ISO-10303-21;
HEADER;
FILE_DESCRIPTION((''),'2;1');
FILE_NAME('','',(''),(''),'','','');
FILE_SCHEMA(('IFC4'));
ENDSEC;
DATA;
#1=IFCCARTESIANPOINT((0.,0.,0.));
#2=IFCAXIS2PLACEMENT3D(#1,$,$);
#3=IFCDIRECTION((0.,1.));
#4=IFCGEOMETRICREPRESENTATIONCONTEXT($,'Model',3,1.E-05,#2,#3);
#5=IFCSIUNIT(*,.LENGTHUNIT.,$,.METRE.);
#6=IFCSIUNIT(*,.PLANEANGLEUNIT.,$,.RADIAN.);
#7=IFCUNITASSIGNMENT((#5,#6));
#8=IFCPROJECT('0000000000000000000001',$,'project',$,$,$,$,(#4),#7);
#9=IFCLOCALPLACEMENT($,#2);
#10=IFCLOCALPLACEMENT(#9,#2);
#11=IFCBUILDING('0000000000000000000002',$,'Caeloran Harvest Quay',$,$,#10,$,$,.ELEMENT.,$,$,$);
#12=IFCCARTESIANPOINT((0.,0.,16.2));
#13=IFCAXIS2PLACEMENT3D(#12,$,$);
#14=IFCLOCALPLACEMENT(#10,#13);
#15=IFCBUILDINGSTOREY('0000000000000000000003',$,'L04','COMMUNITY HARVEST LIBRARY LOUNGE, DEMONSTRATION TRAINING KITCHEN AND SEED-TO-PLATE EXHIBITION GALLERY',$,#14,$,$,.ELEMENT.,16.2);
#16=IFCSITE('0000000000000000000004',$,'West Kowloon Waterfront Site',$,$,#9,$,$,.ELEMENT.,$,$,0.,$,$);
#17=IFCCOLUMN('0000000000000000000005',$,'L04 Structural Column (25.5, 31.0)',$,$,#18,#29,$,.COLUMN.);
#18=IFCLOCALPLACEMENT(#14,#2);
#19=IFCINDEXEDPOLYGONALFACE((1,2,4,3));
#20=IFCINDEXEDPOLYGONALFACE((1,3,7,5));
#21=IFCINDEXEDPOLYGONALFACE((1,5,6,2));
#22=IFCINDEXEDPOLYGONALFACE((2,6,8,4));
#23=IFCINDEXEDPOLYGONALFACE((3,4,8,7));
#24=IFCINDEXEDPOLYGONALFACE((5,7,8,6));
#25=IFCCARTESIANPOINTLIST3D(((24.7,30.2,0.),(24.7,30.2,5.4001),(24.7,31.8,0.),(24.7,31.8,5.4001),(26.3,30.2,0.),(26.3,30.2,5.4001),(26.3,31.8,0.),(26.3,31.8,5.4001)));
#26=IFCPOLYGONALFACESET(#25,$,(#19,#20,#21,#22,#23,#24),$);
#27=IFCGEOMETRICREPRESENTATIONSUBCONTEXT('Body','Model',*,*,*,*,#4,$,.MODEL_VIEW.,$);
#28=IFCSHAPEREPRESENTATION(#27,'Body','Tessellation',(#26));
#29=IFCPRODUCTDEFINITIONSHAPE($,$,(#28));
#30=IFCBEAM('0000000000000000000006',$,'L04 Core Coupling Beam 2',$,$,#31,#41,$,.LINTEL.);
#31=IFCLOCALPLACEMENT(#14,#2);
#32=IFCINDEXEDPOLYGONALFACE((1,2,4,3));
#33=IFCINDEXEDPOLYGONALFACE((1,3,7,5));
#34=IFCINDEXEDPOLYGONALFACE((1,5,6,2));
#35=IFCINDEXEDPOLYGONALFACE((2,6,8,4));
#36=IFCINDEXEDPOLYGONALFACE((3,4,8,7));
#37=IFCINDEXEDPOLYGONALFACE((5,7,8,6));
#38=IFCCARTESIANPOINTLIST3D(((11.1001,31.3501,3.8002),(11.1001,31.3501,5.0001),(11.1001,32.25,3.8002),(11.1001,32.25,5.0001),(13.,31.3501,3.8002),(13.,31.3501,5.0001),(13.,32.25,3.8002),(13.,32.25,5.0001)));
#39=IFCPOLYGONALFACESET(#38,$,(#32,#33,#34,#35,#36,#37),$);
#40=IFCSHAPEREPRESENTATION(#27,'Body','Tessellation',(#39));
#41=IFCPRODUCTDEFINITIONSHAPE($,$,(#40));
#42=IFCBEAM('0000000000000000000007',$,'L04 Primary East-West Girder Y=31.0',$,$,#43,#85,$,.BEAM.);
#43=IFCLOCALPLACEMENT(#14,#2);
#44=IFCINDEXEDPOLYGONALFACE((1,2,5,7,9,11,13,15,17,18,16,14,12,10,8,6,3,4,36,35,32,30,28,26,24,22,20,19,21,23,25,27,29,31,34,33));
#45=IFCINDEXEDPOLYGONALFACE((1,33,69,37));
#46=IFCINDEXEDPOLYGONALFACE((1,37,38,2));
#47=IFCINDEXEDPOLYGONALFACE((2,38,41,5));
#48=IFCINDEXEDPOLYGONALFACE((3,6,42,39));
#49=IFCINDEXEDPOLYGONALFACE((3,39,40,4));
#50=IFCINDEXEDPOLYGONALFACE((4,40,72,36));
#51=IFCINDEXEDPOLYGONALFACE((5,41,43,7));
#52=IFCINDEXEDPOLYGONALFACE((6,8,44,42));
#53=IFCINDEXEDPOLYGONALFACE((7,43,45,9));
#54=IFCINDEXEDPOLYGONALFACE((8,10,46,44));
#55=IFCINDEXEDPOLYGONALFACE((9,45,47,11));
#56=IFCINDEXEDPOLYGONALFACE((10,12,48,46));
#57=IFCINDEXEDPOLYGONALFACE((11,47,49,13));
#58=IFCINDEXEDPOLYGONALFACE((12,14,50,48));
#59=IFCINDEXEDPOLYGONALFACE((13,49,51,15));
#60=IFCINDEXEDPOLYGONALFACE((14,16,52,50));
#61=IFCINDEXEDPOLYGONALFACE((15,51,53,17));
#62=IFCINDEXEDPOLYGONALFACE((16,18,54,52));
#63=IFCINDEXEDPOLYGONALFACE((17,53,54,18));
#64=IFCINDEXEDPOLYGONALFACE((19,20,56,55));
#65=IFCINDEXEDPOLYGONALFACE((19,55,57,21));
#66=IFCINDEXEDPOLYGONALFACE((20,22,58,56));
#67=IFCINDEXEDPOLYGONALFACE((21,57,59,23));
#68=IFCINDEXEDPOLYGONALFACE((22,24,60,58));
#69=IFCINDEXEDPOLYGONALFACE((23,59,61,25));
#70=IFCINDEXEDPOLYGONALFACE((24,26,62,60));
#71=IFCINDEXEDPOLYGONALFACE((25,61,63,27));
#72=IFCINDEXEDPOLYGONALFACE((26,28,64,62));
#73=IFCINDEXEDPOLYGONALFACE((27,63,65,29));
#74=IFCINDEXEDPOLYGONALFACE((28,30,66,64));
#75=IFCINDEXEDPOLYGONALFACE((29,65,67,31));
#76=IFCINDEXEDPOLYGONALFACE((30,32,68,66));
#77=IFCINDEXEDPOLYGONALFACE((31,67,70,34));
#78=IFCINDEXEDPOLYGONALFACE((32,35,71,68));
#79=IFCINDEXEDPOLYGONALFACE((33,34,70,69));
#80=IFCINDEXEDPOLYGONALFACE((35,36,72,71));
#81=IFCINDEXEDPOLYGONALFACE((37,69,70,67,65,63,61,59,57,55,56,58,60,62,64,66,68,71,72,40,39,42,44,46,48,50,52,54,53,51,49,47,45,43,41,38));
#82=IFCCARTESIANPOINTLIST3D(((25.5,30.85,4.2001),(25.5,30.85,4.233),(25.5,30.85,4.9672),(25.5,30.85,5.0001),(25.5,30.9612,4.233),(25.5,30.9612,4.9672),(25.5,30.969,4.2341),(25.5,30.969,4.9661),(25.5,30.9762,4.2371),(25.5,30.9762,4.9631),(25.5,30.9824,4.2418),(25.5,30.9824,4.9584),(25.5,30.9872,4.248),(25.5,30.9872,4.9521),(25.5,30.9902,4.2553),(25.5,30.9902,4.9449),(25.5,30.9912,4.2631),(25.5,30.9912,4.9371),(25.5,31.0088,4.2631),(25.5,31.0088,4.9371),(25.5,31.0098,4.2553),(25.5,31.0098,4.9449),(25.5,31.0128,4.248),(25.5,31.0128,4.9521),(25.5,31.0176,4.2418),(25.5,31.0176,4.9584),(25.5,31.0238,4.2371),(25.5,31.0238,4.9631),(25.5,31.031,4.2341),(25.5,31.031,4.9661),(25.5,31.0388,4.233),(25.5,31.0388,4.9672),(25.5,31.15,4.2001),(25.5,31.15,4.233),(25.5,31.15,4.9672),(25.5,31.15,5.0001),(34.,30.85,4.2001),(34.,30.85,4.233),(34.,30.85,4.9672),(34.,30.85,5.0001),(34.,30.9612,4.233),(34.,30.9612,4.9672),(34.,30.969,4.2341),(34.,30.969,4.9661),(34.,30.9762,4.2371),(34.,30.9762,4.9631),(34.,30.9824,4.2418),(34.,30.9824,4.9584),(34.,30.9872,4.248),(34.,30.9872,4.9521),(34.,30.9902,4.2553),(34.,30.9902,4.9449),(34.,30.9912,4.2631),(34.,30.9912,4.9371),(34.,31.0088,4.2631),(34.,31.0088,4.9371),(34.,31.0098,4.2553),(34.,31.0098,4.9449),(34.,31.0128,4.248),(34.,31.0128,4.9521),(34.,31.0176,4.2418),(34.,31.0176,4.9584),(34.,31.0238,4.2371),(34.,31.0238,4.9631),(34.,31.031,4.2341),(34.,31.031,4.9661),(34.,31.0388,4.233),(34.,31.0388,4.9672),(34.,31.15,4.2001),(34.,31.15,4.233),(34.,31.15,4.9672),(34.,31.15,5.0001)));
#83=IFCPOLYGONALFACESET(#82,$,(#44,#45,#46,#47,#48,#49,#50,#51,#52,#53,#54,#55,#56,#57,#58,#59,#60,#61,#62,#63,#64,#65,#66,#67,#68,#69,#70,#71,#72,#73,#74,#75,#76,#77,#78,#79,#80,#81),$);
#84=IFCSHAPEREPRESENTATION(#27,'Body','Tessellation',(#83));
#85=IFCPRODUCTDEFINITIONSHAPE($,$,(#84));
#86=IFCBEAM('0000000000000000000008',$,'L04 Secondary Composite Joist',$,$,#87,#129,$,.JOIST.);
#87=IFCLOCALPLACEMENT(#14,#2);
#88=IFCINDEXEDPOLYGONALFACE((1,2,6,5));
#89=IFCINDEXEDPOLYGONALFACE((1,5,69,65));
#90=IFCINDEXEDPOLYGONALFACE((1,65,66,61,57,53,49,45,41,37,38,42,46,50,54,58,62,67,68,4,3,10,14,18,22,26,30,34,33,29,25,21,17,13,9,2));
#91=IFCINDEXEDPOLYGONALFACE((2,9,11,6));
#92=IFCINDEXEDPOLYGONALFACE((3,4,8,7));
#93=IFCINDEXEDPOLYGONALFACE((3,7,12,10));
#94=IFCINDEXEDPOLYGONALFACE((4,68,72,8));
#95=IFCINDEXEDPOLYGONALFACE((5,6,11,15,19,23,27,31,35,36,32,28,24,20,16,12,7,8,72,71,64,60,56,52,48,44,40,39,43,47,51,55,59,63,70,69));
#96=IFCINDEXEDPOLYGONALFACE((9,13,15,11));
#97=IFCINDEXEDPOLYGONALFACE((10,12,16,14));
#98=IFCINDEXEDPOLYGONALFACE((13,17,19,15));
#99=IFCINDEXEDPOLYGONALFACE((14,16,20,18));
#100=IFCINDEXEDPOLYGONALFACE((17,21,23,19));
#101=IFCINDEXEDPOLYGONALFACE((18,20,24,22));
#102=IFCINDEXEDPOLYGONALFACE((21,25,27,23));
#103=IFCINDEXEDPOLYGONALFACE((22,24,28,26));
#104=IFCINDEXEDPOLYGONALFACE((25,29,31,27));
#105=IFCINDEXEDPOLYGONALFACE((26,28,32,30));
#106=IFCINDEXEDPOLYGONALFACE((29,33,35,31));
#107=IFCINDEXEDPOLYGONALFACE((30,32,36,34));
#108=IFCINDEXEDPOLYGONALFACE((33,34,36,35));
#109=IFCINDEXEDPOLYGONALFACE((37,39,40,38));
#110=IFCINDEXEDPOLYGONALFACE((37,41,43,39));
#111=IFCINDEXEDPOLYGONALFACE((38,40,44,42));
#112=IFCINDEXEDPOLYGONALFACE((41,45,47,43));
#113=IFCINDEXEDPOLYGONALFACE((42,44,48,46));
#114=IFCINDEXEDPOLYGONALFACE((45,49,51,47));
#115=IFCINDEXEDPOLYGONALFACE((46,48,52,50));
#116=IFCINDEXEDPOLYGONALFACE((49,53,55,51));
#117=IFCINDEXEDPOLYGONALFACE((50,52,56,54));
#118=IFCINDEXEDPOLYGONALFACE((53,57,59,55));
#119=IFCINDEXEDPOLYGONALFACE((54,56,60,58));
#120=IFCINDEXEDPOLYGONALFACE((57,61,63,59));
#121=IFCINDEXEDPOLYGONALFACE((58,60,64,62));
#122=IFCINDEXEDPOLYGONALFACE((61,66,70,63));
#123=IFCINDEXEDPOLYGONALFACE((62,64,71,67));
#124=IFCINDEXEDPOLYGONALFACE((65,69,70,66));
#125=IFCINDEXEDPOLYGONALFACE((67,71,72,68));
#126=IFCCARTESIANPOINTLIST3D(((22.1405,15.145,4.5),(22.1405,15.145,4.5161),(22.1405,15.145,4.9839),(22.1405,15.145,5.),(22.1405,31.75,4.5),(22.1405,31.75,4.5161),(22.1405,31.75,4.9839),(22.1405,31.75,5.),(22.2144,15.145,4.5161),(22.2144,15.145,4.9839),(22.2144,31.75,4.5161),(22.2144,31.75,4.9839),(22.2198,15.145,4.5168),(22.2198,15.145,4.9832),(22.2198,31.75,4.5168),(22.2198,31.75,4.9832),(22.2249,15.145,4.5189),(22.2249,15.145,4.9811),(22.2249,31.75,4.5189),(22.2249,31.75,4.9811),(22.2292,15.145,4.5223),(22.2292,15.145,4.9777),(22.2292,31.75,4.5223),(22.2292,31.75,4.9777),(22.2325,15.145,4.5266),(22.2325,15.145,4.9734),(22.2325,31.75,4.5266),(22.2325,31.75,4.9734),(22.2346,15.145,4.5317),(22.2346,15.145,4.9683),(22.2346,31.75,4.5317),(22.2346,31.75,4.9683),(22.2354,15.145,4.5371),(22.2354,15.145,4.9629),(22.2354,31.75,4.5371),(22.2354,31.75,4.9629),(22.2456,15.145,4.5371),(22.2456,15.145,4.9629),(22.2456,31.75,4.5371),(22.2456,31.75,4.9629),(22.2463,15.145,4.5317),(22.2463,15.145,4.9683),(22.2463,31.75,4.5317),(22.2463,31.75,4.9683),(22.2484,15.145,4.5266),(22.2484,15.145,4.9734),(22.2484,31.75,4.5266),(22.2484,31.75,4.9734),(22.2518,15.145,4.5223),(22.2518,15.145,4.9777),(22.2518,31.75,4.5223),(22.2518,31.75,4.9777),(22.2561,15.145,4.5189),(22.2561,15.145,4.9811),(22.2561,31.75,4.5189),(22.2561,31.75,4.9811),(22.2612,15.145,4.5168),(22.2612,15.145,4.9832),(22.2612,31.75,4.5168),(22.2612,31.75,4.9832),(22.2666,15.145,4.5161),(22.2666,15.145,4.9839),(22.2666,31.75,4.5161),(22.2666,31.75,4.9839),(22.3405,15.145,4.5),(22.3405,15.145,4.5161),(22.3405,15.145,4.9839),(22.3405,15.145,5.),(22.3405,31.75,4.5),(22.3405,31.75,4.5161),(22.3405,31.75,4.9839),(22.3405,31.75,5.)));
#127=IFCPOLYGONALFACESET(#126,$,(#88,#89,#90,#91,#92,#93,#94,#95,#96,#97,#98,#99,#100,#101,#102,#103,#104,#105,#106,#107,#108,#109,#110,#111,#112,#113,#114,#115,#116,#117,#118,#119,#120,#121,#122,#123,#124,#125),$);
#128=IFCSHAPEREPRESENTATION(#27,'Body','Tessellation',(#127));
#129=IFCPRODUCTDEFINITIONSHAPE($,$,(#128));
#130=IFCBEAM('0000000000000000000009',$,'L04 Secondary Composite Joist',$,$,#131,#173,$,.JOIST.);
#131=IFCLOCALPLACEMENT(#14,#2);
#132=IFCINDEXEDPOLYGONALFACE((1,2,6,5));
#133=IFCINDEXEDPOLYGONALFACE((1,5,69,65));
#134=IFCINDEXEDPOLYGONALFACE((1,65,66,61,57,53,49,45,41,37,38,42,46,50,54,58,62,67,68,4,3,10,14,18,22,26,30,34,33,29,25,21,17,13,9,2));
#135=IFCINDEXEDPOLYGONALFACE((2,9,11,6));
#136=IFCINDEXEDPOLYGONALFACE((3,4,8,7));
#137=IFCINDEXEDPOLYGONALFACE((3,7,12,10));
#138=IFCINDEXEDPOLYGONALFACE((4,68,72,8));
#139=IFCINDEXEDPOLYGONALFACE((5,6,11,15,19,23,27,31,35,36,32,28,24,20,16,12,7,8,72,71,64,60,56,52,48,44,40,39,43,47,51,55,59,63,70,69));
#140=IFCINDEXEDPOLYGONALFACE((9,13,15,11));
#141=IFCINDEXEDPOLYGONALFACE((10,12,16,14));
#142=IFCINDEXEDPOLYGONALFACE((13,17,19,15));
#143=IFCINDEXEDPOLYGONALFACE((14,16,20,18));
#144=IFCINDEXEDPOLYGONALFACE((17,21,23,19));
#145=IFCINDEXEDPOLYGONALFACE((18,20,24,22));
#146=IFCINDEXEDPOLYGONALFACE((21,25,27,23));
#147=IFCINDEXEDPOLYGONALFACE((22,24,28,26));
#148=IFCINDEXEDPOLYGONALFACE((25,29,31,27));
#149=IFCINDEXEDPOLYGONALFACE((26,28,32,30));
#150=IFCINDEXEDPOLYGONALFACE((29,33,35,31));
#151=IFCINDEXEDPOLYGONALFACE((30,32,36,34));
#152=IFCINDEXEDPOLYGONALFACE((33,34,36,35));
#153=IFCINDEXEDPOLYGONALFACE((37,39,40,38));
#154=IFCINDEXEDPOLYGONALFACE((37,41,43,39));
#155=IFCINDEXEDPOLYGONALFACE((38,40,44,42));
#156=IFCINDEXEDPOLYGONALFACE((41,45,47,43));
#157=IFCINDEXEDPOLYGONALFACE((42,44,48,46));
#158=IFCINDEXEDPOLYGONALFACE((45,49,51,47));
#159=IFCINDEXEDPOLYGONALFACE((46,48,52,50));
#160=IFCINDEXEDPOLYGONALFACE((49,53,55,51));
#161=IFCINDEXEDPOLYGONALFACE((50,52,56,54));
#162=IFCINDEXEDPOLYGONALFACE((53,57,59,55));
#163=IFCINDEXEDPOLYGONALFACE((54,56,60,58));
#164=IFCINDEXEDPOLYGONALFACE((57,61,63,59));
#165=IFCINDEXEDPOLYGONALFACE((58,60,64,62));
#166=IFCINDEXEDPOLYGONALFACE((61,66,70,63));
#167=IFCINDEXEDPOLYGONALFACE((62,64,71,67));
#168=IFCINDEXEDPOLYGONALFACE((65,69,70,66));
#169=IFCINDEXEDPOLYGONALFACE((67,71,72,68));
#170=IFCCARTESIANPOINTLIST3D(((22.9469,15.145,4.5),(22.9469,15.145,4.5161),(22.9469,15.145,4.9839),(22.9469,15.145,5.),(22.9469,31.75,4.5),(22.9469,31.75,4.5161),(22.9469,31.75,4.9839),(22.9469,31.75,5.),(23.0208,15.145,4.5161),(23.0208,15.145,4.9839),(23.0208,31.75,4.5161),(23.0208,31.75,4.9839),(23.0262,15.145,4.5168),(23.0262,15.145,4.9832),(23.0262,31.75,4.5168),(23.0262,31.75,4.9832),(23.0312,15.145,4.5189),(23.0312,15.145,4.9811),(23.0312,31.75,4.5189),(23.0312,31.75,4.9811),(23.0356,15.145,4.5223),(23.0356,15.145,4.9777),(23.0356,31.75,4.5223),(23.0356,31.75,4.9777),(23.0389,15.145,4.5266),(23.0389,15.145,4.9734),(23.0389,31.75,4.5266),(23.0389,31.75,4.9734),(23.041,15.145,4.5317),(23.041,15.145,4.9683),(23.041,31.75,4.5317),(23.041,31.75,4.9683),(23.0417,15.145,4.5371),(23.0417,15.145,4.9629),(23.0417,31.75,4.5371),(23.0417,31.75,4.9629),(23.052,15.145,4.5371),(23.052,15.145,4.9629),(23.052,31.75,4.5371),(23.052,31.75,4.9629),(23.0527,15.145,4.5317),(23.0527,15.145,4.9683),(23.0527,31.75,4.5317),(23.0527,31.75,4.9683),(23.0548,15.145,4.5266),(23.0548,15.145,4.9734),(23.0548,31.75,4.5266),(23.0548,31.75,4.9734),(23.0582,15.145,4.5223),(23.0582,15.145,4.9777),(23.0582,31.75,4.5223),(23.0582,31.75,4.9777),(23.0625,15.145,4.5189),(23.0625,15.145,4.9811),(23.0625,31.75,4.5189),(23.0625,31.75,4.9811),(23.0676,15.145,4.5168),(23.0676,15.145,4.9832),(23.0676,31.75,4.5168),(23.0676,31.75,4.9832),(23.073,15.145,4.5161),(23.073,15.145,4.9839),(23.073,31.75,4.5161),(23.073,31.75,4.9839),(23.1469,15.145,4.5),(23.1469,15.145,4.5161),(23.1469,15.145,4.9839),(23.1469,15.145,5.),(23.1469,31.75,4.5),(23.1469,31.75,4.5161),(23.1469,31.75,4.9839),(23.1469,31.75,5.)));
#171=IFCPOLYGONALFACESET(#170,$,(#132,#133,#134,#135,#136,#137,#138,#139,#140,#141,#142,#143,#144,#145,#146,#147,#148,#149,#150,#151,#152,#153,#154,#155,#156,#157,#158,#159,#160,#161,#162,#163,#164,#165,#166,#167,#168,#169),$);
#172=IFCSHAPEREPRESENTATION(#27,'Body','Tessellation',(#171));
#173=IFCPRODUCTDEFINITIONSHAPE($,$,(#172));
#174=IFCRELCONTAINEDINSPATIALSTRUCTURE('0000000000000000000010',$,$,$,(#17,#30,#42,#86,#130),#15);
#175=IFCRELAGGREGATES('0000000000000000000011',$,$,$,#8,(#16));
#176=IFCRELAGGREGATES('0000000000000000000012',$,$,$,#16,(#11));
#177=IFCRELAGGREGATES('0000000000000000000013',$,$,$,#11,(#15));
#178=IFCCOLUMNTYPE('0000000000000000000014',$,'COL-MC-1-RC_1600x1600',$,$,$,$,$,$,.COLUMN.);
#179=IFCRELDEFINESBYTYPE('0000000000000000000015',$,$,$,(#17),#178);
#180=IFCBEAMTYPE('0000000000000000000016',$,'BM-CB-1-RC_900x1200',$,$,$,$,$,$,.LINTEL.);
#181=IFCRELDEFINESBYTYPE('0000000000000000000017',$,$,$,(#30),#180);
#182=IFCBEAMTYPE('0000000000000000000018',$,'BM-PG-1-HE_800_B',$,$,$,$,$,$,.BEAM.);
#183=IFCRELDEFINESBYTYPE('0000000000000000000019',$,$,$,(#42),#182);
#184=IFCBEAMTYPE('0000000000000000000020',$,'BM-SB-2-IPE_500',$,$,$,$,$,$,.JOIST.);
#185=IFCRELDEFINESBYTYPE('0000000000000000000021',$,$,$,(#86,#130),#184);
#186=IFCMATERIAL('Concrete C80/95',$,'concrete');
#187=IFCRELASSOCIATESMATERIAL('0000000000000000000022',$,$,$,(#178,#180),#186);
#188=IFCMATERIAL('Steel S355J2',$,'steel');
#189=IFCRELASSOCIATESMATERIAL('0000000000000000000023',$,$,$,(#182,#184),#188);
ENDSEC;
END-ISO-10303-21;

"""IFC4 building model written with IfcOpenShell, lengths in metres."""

from ifc_helpers import new_model, si_unit, direction, frame, origin, origin_2d, place, context, subcontext, project, spatial, rectangle, i_section, extrude, material, material_profile, profile_set, type_object, element, save


model = new_model("IFC4")

# Units and contexts
model_context = context("Model", 3, precision=1e-05, world=origin(), true_north=direction((0.0, 1.0)))
body_context = subcontext(model_context, "Body", "Model", "MODEL_VIEW")
ifc_project = project(units=[si_unit("LENGTHUNIT", "METRE"), si_unit("PLANEANGLEUNIT", "RADIAN")], contexts=[model_context])

# Site, building, storey
site_placement = place(None, origin())
site = spatial("IfcSite", under=ifc_project, at=site_placement, Name="West Kowloon Waterfront Site", CompositionType="ELEMENT", RefElevation=0.0)
building_placement = place(site_placement, origin())
building = spatial("IfcBuilding", under=site, at=building_placement, Name="Caeloran Harvest Quay", CompositionType="ELEMENT")
storey_placement = place(building_placement, frame((0.0, 0.0, 16.2)))
storey = spatial("IfcBuildingStorey", under=building, at=storey_placement, Name="L04", Description="COMMUNITY HARVEST LIBRARY LOUNGE, DEMONSTRATION TRAINING KITCHEN AND SEED-TO-PLATE EXHIBITION GALLERY", CompositionType="ELEMENT", Elevation=16.2)

# Column
ifc_material_1 = material(Name="Concrete C80/95", Category="concrete")
ifc_material_profile_1 = material_profile(ifc_material_1, rectangle(XDim=1.6001, YDim=1.6001, at=origin_2d()), Name="RC 1600x1600")
ifc_profile_set_1 = profile_set([ifc_material_profile_1], Name="Concrete C80/95")
column_type = type_object("IfcColumnType", Name="COL-MC-1-RC_1600x1600", PredefinedType="COLUMN", material=ifc_profile_set_1)
column_placement = place(storey_placement, frame((25.5, 31.0, 0.0), z_axis=(0.0, 0.0, 1.0), x_axis=(1.0, 0.0, 0.0)))
element("IfcColumn", 1, at=column_placement, inside=storey, type_object=column_type, Name="L04 Structural Column (25.5, 31.0)", PredefinedType="COLUMN", context=body_context, shape_type="SweptSolid", body=[
    extrude(rectangle(XDim=1.6001, YDim=1.6001, at=origin_2d()), origin(), (0.0, 0.0, 1.0), 5.4001),
])

# Beams
ifc_material_profile_2 = material_profile(ifc_material_1, rectangle(XDim=0.8999, YDim=1.2, at=origin_2d()), Name="RC 900x1200")
ifc_profile_set_2 = profile_set([ifc_material_profile_2], Name="Concrete C80/95")
beam_type_1 = type_object("IfcBeamType", Name="BM-CB-1-RC_900x1200", PredefinedType="LINTEL", material=ifc_profile_set_2)
beam_1_placement = place(storey_placement, frame((11.1001, 31.8, 4.4001), z_axis=(1.0, 0.0, 0.0), x_axis=(0.0, 1.0, 0.0)))
element("IfcBeam", 2, at=beam_1_placement, inside=storey, type_object=beam_type_1, Name="L04 Core Coupling Beam 2", PredefinedType="LINTEL", context=body_context, shape_type="SweptSolid", body=[
    extrude(rectangle(XDim=0.8999, YDim=1.2, at=origin_2d()), origin(), (0.0, 0.0, 1.0), 1.8999),
])
ifc_material_2 = material(Name="Steel S355J2", Category="steel")
ifc_material_profile_3 = material_profile(ifc_material_2, i_section(OverallWidth=0.3, OverallDepth=0.8, WebThickness=0.0176, FlangeThickness=0.033, FilletRadius=0.03, at=origin_2d()), Name="HE 800 B")
ifc_profile_set_3 = profile_set([ifc_material_profile_3], Name="Steel S355J2")
beam_type_2 = type_object("IfcBeamType", Name="BM-PG-1-HE_800_B", PredefinedType="BEAM", material=ifc_profile_set_3)
beam_2_placement = place(storey_placement, frame((25.5, 31.0, 4.6001), z_axis=(1.0, 0.0, 0.0), x_axis=(0.0, 1.0, 0.0)))
element("IfcBeam", 3, at=beam_2_placement, inside=storey, type_object=beam_type_2, Name="L04 Primary East-West Girder Y=31.0", PredefinedType="BEAM", context=body_context, shape_type="SweptSolid", body=[
    extrude(i_section(OverallWidth=0.3, OverallDepth=0.8, WebThickness=0.0176, FlangeThickness=0.033, FilletRadius=0.03, at=origin_2d()), origin(), (0.0, 0.0, 1.0), 8.5),
])
ifc_material_profile_4 = material_profile(ifc_material_2, i_section(OverallWidth=0.2, OverallDepth=0.5, WebThickness=0.0103, FlangeThickness=0.0161, FilletRadius=0.021, at=origin_2d()), Name="IPE 500")
ifc_profile_set_4 = profile_set([ifc_material_profile_4], Name="Steel S355J2")
beam_type_3 = type_object("IfcBeamType", Name="BM-SB-2-IPE_500", PredefinedType="JOIST", material=ifc_profile_set_4)
for number, where, z_axis, x_axis, name in (
    (4, (22.2405, 15.145, 4.75), (0.0, 1.0, 0.0), (-1.0, 0.0, 0.0), "L04 Secondary Composite Joist"),
    (5, (23.0469, 15.145, 4.75), (0.0, 1.0, 0.0), (-1.0, 0.0, 0.0), "L04 Secondary Composite Joist"),
):
    element("IfcBeam", number, at=place(storey_placement, frame(where, z_axis=z_axis, x_axis=x_axis)), inside=storey, type_object=beam_type_3, Name=name, PredefinedType="JOIST", context=body_context, shape_type="SweptSolid", body=[
        extrude(i_section(OverallWidth=0.2, OverallDepth=0.5, WebThickness=0.0103, FlangeThickness=0.0161, FilletRadius=0.021, at=origin_2d()), origin(), (0.0, 0.0, 1.0), 16.605),
    ])

save(model, "model.ifc")
